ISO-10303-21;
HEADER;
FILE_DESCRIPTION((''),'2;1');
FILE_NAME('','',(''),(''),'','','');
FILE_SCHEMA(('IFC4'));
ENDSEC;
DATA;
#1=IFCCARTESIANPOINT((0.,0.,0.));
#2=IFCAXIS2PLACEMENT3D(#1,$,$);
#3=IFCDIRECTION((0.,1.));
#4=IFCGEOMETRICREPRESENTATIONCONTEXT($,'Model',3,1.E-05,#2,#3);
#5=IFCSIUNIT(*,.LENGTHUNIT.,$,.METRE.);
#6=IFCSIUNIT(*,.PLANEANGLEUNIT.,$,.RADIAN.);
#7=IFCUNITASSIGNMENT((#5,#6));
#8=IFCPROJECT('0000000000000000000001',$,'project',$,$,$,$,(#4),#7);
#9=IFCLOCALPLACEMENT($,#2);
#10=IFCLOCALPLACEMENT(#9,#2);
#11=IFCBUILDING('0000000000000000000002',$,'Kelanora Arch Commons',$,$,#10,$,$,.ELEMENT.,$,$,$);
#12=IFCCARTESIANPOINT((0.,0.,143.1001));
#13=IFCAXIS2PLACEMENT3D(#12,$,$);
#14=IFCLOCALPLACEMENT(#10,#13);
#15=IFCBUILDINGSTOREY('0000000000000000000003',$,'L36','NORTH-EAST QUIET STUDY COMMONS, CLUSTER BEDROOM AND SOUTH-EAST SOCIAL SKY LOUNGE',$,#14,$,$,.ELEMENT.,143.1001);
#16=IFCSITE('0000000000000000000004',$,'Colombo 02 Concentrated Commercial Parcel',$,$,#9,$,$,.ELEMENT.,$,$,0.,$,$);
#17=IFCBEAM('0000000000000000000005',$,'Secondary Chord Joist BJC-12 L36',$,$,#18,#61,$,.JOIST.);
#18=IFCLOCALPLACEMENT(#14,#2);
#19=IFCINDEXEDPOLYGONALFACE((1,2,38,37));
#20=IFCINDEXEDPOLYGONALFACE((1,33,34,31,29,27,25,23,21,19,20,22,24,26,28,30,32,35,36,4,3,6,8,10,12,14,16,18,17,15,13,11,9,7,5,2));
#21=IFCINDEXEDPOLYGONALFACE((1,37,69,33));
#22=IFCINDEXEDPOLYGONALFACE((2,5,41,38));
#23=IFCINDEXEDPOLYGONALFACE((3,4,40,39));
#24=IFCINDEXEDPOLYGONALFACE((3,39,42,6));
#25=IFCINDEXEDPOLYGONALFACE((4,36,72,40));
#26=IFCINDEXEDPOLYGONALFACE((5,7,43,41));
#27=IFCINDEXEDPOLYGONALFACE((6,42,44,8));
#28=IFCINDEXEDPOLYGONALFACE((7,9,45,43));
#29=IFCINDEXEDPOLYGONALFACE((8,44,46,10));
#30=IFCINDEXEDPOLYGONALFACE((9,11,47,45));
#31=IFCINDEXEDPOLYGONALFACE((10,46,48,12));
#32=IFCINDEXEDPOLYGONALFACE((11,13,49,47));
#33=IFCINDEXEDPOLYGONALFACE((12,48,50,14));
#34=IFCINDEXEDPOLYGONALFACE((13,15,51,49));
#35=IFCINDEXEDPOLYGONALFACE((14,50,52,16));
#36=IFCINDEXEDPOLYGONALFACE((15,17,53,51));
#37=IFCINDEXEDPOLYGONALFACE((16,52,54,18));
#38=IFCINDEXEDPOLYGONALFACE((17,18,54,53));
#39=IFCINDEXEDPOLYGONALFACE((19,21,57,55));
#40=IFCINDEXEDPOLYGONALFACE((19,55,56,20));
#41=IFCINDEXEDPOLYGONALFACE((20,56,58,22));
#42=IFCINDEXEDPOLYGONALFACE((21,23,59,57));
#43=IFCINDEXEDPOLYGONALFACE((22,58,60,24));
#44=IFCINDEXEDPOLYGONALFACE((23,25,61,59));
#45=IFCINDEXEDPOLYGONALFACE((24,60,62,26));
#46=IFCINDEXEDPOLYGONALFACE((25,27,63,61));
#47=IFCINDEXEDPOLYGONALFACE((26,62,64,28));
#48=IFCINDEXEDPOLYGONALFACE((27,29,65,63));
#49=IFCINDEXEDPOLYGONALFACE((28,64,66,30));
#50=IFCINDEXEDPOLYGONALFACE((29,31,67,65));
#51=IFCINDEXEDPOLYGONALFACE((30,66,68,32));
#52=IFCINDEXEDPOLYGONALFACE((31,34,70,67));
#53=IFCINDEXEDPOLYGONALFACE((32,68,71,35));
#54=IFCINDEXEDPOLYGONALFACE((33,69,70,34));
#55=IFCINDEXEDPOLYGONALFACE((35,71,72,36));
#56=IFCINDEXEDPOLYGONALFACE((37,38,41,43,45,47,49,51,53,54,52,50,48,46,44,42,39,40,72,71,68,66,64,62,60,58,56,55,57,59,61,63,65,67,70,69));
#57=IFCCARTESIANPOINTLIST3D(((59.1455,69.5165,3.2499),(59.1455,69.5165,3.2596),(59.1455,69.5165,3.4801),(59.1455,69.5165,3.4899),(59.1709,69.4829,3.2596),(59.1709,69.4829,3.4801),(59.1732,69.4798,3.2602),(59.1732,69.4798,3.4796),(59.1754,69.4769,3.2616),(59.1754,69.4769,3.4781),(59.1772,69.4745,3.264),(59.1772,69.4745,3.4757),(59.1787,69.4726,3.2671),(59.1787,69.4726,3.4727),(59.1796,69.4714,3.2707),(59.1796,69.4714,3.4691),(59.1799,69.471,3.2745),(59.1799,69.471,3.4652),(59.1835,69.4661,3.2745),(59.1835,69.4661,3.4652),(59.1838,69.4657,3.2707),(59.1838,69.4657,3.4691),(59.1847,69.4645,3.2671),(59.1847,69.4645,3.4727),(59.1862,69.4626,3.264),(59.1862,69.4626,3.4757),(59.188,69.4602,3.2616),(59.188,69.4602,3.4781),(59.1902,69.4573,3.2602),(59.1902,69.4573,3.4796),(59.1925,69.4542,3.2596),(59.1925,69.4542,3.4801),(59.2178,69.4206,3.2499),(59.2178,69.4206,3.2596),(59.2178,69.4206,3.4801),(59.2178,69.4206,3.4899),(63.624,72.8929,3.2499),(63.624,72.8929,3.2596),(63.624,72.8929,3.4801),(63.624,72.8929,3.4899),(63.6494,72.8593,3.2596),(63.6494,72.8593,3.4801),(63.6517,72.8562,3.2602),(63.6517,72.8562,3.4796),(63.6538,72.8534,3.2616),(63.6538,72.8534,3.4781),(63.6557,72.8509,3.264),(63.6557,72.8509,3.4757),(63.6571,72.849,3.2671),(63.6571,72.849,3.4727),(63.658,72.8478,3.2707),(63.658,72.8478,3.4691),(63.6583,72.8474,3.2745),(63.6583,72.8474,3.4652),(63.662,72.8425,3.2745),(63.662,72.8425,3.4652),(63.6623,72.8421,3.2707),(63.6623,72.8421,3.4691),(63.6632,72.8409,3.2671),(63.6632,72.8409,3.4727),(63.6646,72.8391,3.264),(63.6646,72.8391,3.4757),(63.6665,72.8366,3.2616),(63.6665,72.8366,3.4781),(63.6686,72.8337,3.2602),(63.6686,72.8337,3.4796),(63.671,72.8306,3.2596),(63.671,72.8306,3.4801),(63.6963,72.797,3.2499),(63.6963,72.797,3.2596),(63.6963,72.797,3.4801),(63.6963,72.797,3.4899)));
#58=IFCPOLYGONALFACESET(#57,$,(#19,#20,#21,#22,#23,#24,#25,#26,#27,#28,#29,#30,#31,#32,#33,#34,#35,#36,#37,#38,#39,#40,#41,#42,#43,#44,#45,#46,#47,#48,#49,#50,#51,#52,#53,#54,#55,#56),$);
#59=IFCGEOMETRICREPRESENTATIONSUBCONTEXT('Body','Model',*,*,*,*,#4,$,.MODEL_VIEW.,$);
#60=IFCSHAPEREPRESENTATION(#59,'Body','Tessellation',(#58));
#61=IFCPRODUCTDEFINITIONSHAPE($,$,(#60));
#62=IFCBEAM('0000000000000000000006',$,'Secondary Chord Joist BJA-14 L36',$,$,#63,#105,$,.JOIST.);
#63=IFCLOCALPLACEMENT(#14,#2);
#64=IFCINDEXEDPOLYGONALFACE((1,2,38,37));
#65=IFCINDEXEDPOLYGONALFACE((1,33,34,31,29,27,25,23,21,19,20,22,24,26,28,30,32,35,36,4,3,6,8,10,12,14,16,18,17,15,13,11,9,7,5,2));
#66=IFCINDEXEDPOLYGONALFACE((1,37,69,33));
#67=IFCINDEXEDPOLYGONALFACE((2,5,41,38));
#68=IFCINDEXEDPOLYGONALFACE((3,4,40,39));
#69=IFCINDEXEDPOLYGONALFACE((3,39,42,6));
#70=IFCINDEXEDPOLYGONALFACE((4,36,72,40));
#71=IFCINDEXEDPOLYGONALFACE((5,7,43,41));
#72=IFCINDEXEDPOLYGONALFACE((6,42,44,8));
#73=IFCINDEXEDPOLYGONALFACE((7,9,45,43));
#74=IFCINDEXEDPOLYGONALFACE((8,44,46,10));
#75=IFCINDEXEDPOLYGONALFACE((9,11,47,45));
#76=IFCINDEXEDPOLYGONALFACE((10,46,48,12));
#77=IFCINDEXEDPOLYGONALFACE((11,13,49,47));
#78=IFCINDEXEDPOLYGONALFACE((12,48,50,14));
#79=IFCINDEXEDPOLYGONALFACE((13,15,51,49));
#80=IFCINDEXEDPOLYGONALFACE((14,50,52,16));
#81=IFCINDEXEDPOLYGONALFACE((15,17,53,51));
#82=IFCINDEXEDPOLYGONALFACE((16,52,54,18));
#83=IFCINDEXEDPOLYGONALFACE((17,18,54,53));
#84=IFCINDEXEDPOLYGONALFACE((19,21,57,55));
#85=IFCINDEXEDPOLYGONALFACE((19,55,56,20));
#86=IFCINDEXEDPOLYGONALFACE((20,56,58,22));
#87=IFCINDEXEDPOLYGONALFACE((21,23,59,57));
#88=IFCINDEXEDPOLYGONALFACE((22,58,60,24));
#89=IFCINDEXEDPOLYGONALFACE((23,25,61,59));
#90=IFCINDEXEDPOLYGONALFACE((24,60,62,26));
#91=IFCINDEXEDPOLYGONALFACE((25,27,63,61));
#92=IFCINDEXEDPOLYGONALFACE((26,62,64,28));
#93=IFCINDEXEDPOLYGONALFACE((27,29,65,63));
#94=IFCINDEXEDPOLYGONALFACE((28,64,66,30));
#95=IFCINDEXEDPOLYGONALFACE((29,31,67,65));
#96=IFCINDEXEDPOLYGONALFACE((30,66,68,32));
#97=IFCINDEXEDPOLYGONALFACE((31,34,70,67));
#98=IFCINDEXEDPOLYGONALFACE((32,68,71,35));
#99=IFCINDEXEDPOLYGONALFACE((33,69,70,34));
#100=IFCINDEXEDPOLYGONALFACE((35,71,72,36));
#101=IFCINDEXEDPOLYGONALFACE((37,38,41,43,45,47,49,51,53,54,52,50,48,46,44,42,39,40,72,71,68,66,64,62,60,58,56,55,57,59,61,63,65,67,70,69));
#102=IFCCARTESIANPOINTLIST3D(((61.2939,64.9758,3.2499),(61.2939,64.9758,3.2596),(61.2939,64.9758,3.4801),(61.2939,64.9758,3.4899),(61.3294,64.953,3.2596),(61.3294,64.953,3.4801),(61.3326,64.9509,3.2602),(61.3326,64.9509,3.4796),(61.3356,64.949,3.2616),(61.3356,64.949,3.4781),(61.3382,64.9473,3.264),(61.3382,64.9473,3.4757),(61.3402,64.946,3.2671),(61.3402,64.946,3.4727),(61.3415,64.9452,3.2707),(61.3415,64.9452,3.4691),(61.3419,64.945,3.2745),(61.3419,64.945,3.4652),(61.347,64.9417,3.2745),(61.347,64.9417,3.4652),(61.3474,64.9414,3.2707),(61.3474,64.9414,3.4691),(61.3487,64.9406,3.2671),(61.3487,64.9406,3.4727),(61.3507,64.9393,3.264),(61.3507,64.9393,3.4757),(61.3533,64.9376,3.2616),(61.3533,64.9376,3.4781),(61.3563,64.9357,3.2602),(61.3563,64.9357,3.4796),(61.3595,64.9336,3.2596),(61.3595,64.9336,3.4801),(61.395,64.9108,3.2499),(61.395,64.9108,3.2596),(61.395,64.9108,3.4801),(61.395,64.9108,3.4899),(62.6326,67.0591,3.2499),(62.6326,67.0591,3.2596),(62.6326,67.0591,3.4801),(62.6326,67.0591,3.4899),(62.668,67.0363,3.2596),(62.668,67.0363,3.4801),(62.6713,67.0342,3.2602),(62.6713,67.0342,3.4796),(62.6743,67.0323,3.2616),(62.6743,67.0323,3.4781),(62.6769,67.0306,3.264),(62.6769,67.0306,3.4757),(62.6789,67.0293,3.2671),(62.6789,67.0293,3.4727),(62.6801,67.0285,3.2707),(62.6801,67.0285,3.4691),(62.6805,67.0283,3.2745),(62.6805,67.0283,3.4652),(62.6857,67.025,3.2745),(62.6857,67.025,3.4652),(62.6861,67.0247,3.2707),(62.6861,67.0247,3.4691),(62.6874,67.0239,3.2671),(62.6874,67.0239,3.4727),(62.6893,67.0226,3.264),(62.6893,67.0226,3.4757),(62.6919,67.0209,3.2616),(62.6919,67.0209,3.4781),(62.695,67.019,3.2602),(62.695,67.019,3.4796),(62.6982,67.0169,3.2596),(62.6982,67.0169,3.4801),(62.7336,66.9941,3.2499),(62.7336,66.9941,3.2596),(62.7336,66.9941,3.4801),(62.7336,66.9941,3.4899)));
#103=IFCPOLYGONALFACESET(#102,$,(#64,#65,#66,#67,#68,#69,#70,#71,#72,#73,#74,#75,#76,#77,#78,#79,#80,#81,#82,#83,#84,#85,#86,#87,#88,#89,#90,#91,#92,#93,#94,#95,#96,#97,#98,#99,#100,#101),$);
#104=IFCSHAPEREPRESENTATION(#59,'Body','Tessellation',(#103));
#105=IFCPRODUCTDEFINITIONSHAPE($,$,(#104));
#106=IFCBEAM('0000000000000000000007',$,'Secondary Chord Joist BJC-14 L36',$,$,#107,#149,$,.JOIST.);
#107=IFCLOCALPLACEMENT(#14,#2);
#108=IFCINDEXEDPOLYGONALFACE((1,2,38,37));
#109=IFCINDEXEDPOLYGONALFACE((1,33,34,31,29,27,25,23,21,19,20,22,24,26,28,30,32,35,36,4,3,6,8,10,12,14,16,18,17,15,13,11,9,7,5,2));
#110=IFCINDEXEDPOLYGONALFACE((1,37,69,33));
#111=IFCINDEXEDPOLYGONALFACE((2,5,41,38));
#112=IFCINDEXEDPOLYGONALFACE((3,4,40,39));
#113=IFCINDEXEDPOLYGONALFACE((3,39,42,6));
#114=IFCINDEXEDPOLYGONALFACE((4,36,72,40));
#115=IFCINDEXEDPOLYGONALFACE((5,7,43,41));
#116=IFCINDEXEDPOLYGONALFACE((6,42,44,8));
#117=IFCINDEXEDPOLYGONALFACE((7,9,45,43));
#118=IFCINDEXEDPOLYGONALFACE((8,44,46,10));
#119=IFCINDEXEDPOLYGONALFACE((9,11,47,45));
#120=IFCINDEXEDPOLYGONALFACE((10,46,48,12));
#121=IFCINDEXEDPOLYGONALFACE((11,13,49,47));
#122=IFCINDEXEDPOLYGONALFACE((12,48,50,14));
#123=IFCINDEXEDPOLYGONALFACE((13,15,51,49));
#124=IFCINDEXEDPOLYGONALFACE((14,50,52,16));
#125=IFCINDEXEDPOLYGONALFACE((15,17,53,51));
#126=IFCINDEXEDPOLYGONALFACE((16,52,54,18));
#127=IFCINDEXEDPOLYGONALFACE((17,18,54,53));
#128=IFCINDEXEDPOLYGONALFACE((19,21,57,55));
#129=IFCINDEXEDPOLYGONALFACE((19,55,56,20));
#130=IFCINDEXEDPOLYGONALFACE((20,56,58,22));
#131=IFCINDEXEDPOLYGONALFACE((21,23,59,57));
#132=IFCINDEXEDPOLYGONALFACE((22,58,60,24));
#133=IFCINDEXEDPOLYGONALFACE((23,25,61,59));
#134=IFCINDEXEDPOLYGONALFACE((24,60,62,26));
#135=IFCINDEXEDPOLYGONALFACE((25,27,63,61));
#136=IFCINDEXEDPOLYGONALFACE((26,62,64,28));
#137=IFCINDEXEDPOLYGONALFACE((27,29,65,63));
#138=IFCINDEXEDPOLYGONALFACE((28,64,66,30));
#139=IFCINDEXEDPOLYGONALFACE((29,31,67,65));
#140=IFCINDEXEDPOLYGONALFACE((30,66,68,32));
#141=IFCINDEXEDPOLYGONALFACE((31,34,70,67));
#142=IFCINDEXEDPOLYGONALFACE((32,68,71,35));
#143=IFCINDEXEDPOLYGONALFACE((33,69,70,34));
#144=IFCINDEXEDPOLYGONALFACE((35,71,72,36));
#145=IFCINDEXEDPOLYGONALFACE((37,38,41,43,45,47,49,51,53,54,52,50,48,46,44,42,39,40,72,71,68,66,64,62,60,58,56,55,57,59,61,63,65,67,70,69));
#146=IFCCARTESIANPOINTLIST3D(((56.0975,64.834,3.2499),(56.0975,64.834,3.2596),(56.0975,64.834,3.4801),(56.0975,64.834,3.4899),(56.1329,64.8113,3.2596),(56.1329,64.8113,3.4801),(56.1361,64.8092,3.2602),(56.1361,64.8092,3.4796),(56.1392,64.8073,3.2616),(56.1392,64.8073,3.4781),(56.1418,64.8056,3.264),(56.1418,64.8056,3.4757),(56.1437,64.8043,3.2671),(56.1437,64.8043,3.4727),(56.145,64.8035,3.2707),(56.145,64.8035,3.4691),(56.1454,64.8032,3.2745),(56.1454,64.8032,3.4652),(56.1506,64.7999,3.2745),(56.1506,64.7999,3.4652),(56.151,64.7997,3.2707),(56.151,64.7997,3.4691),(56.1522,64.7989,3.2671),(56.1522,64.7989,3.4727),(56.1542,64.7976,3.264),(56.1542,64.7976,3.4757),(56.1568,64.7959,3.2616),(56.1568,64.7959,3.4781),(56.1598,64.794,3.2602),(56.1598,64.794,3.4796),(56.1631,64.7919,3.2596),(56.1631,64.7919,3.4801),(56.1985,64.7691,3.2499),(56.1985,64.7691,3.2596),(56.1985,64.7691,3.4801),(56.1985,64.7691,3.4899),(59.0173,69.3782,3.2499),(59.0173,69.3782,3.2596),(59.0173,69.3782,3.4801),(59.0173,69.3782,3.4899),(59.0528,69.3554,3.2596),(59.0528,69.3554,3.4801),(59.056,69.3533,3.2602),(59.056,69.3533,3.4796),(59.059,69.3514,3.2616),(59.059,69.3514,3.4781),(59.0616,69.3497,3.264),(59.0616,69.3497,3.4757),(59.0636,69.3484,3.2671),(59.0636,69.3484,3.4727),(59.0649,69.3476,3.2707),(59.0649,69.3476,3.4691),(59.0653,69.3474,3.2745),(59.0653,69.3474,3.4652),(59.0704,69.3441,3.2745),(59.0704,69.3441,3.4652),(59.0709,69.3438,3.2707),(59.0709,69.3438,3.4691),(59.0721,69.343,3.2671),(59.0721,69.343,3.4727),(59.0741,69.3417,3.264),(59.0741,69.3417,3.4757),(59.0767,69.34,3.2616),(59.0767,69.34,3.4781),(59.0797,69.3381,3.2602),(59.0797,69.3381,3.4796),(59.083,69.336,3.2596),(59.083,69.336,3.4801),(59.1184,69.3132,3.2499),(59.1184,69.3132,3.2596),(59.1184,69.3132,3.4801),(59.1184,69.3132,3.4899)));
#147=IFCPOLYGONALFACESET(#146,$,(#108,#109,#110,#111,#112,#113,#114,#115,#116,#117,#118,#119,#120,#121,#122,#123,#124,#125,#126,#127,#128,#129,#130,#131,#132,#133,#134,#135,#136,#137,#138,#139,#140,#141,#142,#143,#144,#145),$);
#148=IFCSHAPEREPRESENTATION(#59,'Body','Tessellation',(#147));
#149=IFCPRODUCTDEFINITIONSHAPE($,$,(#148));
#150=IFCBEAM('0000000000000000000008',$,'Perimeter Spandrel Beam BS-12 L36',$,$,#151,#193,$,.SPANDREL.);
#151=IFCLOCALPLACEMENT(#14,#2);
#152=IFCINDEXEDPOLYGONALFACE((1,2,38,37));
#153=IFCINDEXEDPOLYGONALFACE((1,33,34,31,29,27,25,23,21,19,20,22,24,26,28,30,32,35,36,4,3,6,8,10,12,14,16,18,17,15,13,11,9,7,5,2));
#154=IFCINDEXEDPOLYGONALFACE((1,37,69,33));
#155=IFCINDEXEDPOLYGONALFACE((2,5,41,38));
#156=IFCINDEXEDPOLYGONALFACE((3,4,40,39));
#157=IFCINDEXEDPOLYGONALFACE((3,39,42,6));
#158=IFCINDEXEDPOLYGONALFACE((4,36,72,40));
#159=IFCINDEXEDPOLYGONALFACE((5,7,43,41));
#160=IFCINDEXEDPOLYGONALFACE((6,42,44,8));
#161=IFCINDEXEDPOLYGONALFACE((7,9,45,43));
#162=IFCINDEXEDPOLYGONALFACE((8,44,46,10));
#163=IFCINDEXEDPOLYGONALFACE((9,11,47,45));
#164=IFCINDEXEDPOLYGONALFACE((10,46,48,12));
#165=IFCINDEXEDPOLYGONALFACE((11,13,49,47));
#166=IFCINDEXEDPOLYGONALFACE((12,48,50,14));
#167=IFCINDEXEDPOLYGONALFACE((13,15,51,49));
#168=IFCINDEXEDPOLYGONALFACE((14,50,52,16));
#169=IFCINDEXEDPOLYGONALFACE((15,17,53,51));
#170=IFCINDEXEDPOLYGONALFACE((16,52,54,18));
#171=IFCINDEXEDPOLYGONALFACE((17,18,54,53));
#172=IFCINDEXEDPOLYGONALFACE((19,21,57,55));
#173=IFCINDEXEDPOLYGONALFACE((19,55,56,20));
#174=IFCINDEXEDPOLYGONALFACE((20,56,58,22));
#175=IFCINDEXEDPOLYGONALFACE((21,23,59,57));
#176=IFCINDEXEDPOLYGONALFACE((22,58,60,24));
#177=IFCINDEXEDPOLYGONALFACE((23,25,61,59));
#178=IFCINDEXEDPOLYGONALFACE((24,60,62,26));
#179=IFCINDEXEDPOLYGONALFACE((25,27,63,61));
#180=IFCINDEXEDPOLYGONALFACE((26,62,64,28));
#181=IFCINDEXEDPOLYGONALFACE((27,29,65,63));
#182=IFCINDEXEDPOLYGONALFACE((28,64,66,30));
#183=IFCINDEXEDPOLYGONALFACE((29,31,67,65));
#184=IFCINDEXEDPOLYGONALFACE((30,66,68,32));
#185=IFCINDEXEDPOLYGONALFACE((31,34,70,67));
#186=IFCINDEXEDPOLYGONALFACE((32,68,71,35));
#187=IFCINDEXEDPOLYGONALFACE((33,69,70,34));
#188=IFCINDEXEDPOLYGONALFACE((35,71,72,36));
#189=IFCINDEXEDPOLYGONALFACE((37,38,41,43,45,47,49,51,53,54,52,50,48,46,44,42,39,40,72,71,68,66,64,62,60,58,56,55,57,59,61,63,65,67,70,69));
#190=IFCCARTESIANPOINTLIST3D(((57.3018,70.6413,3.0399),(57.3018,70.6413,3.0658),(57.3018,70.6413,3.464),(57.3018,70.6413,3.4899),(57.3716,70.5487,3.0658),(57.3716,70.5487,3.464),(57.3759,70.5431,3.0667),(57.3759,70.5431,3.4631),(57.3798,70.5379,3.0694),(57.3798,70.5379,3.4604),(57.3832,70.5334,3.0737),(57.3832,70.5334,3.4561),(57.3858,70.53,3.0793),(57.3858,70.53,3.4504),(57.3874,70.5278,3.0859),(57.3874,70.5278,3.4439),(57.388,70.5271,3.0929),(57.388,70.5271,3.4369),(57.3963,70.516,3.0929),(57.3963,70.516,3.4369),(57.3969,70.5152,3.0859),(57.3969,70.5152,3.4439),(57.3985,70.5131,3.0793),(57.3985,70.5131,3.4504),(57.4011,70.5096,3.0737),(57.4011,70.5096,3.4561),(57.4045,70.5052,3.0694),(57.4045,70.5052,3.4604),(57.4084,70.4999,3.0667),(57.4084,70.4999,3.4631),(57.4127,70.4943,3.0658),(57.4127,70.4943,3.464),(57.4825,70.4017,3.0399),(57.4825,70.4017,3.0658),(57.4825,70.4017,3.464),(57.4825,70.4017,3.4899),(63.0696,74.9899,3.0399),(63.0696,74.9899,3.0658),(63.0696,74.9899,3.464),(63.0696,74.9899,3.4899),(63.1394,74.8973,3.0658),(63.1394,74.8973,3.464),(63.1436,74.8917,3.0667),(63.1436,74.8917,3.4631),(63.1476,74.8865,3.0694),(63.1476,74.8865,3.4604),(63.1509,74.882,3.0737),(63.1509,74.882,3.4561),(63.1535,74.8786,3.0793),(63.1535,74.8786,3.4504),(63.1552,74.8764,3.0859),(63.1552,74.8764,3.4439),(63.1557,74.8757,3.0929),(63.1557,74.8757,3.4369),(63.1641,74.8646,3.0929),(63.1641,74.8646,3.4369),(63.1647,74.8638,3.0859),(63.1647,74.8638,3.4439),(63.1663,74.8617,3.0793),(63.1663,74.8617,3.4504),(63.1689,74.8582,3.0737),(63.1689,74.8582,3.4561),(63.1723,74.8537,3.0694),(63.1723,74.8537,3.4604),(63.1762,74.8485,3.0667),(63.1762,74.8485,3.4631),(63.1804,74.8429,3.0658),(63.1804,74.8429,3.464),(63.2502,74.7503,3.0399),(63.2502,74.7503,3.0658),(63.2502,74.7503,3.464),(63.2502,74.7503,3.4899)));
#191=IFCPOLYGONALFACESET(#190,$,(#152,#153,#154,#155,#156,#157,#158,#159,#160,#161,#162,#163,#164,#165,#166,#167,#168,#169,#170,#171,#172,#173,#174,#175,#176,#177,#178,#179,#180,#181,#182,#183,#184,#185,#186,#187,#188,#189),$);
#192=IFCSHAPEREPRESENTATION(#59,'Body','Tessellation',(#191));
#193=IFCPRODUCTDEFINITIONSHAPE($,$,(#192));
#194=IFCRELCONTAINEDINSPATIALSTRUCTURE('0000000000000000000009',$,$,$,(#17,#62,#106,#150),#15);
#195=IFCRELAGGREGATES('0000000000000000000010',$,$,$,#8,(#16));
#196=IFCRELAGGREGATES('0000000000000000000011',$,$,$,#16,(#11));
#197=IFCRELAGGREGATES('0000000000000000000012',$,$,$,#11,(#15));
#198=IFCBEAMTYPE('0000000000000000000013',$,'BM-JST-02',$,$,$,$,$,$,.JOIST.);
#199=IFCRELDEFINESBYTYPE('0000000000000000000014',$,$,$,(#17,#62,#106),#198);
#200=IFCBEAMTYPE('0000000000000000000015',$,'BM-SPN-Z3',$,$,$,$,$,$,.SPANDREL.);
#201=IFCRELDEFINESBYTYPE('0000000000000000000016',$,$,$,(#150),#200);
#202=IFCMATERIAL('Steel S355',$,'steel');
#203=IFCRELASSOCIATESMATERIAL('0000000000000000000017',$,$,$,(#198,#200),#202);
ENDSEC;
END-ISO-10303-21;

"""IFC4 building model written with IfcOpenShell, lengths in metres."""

from ifc_helpers import new_model, si_unit, direction, frame, origin, origin_2d, place, context, subcontext, project, spatial, i_section, extrude, material, material_profile, profile_set, type_object, element, save


model = new_model("IFC4")

# Units and contexts
model_context = context("Model", 3, precision=1e-05, world=origin(), true_north=direction((0.0, 1.0)))
body_context = subcontext(model_context, "Body", "Model", "MODEL_VIEW")
ifc_project = project(units=[si_unit("LENGTHUNIT", "METRE"), si_unit("PLANEANGLEUNIT", "RADIAN")], contexts=[model_context])

# Site, building, storey
site_placement = place(None, origin())
site = spatial("IfcSite", under=ifc_project, at=site_placement, Name="Colombo 02 Concentrated Commercial Parcel", CompositionType="ELEMENT", RefElevation=0.0)
building_placement = place(site_placement, origin())
building = spatial("IfcBuilding", under=site, at=building_placement, Name="Kelanora Arch Commons", CompositionType="ELEMENT")
storey_placement = place(building_placement, frame((0.0, 0.0, 143.1001)))
storey = spatial("IfcBuildingStorey", under=building, at=storey_placement, Name="L36", Description="NORTH-EAST QUIET STUDY COMMONS, CLUSTER BEDROOM AND SOUTH-EAST SOCIAL SKY LOUNGE", CompositionType="ELEMENT", Elevation=143.1001)

# Beams
ifc_material_1 = material(Name="Steel S355", Category="steel")
ifc_material_profile_1 = material_profile(ifc_material_1, i_section(OverallWidth=0.1201, OverallDepth=0.24, WebThickness=0.0061, FlangeThickness=0.0098, FilletRadius=0.0149, at=origin_2d()), Name="IPE240")
ifc_profile_set_1 = profile_set([ifc_material_profile_1], Name="Steel S355")
beam_type_1 = type_object("IfcBeamType", Name="BM-JST-02", PredefinedType="JOIST", material=ifc_profile_set_1)
beam_1_placement = place(storey_placement, frame((63.6602, 72.845, 3.3699), z_axis=(-0.798493, -0.602004, 0.0), x_axis=(0.602004, -0.798493, 0.0)))
element("IfcBeam", 1, at=beam_1_placement, inside=storey, type_object=beam_type_1, Name="Secondary Chord Joist BJC-12 L36", PredefinedType="JOIST", context=body_context, shape_type="SweptSolid", body=[
    extrude(i_section(OverallWidth=0.1201, OverallDepth=0.24, WebThickness=0.0061, FlangeThickness=0.0098, FilletRadius=0.0149, at=origin_2d()), origin(), (0.0, 0.0, 1.0), 5.6086),
])
beam_2_placement = place(storey_placement, frame((62.6831, 67.0266, 3.3699), z_axis=(-0.540583, -0.841291, 0.0), x_axis=(0.841291, -0.540583, 0.0)))
element("IfcBeam", 2, at=beam_2_placement, inside=storey, type_object=beam_type_1, Name="Secondary Chord Joist BJA-14 L36", PredefinedType="JOIST", context=body_context, shape_type="SweptSolid", body=[
    extrude(i_section(OverallWidth=0.1201, OverallDepth=0.24, WebThickness=0.0061, FlangeThickness=0.0098, FilletRadius=0.0149, at=origin_2d()), origin(), (0.0, 0.0, 1.0), 2.4763),
])
beam_3_placement = place(storey_placement, frame((59.0679, 69.3457, 3.3699), z_axis=(-0.540582, -0.841292, 0.0), x_axis=(0.841292, -0.540582, 0.0)))
element("IfcBeam", 3, at=beam_3_placement, inside=storey, type_object=beam_type_1, Name="Secondary Chord Joist BJC-14 L36", PredefinedType="JOIST", context=body_context, shape_type="SweptSolid", body=[
    extrude(i_section(OverallWidth=0.1201, OverallDepth=0.24, WebThickness=0.0061, FlangeThickness=0.0098, FilletRadius=0.0149, at=origin_2d()), origin(), (0.0, 0.0, 1.0), 5.4014),
])
ifc_material_profile_2 = material_profile(ifc_material_1, i_section(OverallWidth=0.3, OverallDepth=0.45, WebThickness=0.0139, FlangeThickness=0.0259, FilletRadius=0.0271, at=origin_2d()), Name="HEB450")
ifc_profile_set_2 = profile_set([ifc_material_profile_2], Name="Steel S355")
beam_type_2 = type_object("IfcBeamType", Name="BM-SPN-Z3", PredefinedType="SPANDREL", material=ifc_profile_set_2)
beam_4_placement = place(storey_placement, frame((63.1599, 74.8701, 3.2649), z_axis=(-0.798485, -0.602015, 0.0), x_axis=(0.602015, -0.798485, 0.0)))
element("IfcBeam", 4, at=beam_4_placement, inside=storey, type_object=beam_type_2, Name="Perimeter Spandrel Beam BS-12 L36", PredefinedType="SPANDREL", context=body_context, shape_type="SweptSolid", body=[
    extrude(i_section(OverallWidth=0.3, OverallDepth=0.45, WebThickness=0.0139, FlangeThickness=0.0259, FilletRadius=0.0271, at=origin_2d()), origin(), (0.0, 0.0, 1.0), 7.2234),
])

save(model, "model.ifc")
